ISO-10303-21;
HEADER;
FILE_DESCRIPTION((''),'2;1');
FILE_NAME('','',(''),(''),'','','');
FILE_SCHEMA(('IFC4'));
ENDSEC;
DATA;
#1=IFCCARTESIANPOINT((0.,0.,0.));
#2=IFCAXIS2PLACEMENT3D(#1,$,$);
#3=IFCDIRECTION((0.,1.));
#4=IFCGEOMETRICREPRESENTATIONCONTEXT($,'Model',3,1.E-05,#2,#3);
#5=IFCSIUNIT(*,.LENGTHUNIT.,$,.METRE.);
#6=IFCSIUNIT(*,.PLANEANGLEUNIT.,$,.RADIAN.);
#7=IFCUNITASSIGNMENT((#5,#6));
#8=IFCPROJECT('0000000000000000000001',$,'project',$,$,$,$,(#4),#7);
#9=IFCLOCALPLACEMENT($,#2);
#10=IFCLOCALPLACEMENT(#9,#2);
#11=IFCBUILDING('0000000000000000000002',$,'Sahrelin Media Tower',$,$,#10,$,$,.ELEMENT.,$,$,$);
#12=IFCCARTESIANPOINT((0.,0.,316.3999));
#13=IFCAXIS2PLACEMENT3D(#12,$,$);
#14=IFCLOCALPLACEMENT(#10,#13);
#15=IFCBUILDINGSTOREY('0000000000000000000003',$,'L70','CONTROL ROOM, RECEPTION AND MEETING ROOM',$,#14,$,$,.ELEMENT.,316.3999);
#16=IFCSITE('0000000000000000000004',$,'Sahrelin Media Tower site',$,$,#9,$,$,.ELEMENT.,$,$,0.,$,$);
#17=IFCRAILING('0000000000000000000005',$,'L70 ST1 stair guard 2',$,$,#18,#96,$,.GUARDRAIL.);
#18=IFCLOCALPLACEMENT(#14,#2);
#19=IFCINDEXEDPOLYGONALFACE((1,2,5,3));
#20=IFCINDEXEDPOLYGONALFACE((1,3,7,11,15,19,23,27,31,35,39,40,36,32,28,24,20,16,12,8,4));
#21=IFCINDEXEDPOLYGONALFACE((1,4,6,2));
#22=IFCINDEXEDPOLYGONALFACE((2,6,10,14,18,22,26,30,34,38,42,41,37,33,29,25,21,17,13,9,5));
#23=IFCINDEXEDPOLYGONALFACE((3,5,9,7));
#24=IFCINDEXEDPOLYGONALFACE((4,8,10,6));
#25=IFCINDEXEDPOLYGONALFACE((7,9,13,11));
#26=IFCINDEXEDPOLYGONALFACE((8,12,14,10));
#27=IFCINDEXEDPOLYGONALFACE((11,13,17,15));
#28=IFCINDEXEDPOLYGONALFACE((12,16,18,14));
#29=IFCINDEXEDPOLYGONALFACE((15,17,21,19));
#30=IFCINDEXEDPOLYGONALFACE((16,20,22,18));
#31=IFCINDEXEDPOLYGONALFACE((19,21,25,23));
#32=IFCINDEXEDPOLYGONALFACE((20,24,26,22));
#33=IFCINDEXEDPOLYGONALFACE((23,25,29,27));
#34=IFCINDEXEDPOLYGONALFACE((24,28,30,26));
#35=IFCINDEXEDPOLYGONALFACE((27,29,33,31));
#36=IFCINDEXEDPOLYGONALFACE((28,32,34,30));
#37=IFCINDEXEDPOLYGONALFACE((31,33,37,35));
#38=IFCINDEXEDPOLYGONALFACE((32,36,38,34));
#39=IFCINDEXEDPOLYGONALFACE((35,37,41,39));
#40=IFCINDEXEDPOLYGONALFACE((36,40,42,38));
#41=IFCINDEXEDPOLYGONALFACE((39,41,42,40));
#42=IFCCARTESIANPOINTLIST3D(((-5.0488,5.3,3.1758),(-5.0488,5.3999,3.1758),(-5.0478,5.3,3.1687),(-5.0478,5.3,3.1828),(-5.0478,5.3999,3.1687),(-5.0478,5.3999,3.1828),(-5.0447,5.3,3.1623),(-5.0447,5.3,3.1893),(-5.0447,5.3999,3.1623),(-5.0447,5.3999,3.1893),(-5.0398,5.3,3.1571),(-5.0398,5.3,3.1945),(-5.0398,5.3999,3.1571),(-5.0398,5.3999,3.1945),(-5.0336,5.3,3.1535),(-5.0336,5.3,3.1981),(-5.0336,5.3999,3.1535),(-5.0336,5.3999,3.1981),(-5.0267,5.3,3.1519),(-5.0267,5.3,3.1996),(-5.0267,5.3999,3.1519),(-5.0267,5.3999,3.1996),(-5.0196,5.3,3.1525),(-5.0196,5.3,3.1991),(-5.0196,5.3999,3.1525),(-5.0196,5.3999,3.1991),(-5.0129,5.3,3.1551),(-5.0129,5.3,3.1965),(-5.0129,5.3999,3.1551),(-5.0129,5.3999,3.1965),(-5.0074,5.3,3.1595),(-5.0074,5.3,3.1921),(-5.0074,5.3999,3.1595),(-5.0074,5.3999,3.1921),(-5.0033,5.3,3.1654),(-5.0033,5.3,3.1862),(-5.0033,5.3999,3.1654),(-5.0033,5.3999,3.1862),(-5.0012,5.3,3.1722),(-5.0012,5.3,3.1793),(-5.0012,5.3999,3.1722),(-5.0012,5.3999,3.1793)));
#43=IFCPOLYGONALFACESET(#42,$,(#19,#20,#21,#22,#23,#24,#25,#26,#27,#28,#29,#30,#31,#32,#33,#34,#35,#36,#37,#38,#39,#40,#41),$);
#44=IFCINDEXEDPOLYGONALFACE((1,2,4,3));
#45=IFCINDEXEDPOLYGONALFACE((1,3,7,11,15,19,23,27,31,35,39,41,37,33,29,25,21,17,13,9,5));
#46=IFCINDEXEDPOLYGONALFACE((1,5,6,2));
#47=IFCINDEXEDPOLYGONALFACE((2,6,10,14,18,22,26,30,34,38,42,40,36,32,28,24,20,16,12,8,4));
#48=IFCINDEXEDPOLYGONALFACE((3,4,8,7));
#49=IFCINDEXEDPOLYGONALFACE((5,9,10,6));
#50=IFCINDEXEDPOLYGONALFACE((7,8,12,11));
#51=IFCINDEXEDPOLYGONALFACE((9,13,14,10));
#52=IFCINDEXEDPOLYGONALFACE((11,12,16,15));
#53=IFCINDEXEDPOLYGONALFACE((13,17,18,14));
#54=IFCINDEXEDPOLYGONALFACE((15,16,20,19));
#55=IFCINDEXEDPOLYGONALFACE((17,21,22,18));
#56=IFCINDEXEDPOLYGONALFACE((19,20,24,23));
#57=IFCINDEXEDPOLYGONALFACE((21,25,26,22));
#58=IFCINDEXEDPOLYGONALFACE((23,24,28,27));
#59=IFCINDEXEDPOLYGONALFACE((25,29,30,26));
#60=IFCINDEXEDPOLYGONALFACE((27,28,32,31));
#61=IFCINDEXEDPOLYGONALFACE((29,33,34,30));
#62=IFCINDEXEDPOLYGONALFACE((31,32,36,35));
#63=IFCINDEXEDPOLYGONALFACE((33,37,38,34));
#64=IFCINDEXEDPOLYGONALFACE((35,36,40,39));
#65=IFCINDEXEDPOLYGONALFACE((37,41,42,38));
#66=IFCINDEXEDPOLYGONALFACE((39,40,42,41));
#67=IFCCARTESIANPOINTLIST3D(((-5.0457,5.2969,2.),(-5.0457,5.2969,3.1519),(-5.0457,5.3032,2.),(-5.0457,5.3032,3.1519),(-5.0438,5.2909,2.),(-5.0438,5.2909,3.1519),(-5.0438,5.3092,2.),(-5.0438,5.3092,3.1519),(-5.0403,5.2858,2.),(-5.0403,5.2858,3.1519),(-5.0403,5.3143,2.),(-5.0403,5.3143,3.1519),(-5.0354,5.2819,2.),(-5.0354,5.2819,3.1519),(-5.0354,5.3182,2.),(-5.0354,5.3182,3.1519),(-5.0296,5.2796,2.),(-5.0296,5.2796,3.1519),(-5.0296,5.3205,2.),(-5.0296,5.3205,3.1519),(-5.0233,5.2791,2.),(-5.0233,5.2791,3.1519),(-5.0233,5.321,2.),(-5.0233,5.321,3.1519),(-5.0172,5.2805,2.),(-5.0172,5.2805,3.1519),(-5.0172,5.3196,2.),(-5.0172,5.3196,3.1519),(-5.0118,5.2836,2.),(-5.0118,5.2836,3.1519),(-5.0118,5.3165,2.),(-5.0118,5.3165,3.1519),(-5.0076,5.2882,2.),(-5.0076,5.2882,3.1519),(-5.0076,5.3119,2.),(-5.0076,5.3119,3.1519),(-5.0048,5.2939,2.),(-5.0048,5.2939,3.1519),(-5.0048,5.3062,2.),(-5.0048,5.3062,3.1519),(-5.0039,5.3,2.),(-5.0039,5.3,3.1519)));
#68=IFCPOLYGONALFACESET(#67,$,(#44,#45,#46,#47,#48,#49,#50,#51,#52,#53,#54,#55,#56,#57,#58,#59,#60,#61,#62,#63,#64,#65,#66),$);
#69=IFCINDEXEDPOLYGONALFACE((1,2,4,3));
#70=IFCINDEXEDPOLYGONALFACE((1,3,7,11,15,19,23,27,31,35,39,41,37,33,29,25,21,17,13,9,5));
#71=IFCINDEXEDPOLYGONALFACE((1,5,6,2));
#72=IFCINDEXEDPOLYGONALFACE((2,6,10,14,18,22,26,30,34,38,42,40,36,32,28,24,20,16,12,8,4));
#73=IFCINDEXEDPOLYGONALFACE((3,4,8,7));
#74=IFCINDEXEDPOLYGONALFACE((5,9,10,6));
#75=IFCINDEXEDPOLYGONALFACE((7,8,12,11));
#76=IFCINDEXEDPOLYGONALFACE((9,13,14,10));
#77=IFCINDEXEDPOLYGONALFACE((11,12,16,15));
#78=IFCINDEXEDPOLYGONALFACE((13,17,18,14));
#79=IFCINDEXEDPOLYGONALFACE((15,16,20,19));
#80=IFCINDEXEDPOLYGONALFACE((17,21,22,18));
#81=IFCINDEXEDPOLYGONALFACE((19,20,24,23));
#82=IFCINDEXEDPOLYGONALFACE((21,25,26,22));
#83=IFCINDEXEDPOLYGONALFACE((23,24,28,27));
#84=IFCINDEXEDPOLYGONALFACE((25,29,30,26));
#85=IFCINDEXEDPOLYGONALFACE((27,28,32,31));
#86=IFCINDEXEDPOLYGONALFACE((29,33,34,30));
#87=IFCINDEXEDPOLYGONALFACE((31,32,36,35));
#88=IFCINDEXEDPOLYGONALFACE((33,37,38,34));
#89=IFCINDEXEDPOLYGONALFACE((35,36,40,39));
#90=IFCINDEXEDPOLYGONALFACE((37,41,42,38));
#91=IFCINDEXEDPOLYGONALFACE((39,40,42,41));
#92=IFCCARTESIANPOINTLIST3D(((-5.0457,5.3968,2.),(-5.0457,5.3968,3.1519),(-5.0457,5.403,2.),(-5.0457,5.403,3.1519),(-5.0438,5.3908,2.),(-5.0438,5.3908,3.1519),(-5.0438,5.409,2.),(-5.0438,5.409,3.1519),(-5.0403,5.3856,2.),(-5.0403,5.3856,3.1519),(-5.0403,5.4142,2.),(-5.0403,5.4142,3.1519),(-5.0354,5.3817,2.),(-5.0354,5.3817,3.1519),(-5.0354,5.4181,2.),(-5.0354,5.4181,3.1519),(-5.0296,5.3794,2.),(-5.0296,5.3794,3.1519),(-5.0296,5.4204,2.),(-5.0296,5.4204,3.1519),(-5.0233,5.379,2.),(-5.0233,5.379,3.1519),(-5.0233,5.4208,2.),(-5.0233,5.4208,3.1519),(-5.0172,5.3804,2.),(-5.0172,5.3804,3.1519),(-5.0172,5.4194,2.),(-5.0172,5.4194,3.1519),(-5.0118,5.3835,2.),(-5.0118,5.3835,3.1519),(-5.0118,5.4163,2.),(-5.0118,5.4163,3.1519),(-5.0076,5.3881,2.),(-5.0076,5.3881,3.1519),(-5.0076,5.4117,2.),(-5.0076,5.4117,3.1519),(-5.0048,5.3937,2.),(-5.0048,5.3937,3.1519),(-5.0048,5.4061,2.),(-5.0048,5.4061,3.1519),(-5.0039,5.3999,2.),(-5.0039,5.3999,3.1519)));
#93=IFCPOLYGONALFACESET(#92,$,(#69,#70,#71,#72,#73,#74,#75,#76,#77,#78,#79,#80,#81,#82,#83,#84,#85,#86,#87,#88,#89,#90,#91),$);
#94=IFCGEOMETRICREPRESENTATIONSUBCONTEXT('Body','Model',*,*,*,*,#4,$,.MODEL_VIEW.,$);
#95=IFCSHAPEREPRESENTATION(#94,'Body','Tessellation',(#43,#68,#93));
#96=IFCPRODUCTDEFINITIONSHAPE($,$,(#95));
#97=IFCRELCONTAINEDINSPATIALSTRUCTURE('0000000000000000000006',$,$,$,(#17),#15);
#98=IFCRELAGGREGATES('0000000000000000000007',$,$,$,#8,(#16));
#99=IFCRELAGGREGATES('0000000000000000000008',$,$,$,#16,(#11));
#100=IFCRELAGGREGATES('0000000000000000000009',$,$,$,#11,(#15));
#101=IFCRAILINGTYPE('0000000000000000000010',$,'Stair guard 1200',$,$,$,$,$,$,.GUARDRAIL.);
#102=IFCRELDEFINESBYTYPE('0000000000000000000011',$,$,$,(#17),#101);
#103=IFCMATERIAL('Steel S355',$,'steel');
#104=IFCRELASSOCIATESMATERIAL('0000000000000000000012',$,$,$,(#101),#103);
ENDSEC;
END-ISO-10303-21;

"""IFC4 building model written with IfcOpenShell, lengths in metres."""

from ifc_helpers import new_model, si_unit, direction, frame, origin, origin_2d, place, context, subcontext, project, spatial, circle, extrude, material, type_object, element, save


model = new_model("IFC4")

# Units and contexts
model_context = context("Model", 3, precision=1e-05, world=origin(), true_north=direction((0.0, 1.0)))
body_context = subcontext(model_context, "Body", "Model", "MODEL_VIEW")
ifc_project = project(units=[si_unit("LENGTHUNIT", "METRE"), si_unit("PLANEANGLEUNIT", "RADIAN")], contexts=[model_context])

# Site, building, storey
site_placement = place(None, origin())
site = spatial("IfcSite", under=ifc_project, at=site_placement, Name="Sahrelin Media Tower site", CompositionType="ELEMENT", RefElevation=0.0)
building_placement = place(site_placement, origin())
building = spatial("IfcBuilding", under=site, at=building_placement, Name="Sahrelin Media Tower", CompositionType="ELEMENT")
storey_placement = place(building_placement, frame((0.0, 0.0, 316.3999)))
storey = spatial("IfcBuildingStorey", under=building, at=storey_placement, Name="L70", Description="CONTROL ROOM, RECEPTION AND MEETING ROOM", CompositionType="ELEMENT", Elevation=316.3999)

# Shared definitions
ifc_material_1 = material(Name="Steel S355", Category="steel")

# Railing
railing_type_1 = type_object("IfcRailingType", Name="Stair guard 1200", PredefinedType="GUARDRAIL", material=ifc_material_1)
railing_1_placement = place(storey_placement, frame((-5.0249, 5.3, 2.0)))
element("IfcRailing", 1, at=railing_1_placement, inside=storey, type_object=railing_type_1, Name="L70 ST1 stair guard 2", PredefinedType="GUARDRAIL", context=body_context, shape_type="SweptSolid", body=[
    extrude(circle(Radius=0.0239, at=origin_2d()), frame((0.0, 0.0, 1.1758), z_axis=(0.0, 1.0, 0.0), x_axis=(-1.0, 0.0, 0.0)), (0.0, 0.0, 1.0), 0.0999),
    extrude(circle(Radius=0.021, at=origin_2d()), origin(), (0.0, 0.0, 1.0), 1.1519),
    extrude(circle(Radius=0.021, at=origin_2d()), frame((0.0, 0.0999, 0.0)), (0.0, 0.0, 1.0), 1.1519),
])

save(model, "model.ifc")
